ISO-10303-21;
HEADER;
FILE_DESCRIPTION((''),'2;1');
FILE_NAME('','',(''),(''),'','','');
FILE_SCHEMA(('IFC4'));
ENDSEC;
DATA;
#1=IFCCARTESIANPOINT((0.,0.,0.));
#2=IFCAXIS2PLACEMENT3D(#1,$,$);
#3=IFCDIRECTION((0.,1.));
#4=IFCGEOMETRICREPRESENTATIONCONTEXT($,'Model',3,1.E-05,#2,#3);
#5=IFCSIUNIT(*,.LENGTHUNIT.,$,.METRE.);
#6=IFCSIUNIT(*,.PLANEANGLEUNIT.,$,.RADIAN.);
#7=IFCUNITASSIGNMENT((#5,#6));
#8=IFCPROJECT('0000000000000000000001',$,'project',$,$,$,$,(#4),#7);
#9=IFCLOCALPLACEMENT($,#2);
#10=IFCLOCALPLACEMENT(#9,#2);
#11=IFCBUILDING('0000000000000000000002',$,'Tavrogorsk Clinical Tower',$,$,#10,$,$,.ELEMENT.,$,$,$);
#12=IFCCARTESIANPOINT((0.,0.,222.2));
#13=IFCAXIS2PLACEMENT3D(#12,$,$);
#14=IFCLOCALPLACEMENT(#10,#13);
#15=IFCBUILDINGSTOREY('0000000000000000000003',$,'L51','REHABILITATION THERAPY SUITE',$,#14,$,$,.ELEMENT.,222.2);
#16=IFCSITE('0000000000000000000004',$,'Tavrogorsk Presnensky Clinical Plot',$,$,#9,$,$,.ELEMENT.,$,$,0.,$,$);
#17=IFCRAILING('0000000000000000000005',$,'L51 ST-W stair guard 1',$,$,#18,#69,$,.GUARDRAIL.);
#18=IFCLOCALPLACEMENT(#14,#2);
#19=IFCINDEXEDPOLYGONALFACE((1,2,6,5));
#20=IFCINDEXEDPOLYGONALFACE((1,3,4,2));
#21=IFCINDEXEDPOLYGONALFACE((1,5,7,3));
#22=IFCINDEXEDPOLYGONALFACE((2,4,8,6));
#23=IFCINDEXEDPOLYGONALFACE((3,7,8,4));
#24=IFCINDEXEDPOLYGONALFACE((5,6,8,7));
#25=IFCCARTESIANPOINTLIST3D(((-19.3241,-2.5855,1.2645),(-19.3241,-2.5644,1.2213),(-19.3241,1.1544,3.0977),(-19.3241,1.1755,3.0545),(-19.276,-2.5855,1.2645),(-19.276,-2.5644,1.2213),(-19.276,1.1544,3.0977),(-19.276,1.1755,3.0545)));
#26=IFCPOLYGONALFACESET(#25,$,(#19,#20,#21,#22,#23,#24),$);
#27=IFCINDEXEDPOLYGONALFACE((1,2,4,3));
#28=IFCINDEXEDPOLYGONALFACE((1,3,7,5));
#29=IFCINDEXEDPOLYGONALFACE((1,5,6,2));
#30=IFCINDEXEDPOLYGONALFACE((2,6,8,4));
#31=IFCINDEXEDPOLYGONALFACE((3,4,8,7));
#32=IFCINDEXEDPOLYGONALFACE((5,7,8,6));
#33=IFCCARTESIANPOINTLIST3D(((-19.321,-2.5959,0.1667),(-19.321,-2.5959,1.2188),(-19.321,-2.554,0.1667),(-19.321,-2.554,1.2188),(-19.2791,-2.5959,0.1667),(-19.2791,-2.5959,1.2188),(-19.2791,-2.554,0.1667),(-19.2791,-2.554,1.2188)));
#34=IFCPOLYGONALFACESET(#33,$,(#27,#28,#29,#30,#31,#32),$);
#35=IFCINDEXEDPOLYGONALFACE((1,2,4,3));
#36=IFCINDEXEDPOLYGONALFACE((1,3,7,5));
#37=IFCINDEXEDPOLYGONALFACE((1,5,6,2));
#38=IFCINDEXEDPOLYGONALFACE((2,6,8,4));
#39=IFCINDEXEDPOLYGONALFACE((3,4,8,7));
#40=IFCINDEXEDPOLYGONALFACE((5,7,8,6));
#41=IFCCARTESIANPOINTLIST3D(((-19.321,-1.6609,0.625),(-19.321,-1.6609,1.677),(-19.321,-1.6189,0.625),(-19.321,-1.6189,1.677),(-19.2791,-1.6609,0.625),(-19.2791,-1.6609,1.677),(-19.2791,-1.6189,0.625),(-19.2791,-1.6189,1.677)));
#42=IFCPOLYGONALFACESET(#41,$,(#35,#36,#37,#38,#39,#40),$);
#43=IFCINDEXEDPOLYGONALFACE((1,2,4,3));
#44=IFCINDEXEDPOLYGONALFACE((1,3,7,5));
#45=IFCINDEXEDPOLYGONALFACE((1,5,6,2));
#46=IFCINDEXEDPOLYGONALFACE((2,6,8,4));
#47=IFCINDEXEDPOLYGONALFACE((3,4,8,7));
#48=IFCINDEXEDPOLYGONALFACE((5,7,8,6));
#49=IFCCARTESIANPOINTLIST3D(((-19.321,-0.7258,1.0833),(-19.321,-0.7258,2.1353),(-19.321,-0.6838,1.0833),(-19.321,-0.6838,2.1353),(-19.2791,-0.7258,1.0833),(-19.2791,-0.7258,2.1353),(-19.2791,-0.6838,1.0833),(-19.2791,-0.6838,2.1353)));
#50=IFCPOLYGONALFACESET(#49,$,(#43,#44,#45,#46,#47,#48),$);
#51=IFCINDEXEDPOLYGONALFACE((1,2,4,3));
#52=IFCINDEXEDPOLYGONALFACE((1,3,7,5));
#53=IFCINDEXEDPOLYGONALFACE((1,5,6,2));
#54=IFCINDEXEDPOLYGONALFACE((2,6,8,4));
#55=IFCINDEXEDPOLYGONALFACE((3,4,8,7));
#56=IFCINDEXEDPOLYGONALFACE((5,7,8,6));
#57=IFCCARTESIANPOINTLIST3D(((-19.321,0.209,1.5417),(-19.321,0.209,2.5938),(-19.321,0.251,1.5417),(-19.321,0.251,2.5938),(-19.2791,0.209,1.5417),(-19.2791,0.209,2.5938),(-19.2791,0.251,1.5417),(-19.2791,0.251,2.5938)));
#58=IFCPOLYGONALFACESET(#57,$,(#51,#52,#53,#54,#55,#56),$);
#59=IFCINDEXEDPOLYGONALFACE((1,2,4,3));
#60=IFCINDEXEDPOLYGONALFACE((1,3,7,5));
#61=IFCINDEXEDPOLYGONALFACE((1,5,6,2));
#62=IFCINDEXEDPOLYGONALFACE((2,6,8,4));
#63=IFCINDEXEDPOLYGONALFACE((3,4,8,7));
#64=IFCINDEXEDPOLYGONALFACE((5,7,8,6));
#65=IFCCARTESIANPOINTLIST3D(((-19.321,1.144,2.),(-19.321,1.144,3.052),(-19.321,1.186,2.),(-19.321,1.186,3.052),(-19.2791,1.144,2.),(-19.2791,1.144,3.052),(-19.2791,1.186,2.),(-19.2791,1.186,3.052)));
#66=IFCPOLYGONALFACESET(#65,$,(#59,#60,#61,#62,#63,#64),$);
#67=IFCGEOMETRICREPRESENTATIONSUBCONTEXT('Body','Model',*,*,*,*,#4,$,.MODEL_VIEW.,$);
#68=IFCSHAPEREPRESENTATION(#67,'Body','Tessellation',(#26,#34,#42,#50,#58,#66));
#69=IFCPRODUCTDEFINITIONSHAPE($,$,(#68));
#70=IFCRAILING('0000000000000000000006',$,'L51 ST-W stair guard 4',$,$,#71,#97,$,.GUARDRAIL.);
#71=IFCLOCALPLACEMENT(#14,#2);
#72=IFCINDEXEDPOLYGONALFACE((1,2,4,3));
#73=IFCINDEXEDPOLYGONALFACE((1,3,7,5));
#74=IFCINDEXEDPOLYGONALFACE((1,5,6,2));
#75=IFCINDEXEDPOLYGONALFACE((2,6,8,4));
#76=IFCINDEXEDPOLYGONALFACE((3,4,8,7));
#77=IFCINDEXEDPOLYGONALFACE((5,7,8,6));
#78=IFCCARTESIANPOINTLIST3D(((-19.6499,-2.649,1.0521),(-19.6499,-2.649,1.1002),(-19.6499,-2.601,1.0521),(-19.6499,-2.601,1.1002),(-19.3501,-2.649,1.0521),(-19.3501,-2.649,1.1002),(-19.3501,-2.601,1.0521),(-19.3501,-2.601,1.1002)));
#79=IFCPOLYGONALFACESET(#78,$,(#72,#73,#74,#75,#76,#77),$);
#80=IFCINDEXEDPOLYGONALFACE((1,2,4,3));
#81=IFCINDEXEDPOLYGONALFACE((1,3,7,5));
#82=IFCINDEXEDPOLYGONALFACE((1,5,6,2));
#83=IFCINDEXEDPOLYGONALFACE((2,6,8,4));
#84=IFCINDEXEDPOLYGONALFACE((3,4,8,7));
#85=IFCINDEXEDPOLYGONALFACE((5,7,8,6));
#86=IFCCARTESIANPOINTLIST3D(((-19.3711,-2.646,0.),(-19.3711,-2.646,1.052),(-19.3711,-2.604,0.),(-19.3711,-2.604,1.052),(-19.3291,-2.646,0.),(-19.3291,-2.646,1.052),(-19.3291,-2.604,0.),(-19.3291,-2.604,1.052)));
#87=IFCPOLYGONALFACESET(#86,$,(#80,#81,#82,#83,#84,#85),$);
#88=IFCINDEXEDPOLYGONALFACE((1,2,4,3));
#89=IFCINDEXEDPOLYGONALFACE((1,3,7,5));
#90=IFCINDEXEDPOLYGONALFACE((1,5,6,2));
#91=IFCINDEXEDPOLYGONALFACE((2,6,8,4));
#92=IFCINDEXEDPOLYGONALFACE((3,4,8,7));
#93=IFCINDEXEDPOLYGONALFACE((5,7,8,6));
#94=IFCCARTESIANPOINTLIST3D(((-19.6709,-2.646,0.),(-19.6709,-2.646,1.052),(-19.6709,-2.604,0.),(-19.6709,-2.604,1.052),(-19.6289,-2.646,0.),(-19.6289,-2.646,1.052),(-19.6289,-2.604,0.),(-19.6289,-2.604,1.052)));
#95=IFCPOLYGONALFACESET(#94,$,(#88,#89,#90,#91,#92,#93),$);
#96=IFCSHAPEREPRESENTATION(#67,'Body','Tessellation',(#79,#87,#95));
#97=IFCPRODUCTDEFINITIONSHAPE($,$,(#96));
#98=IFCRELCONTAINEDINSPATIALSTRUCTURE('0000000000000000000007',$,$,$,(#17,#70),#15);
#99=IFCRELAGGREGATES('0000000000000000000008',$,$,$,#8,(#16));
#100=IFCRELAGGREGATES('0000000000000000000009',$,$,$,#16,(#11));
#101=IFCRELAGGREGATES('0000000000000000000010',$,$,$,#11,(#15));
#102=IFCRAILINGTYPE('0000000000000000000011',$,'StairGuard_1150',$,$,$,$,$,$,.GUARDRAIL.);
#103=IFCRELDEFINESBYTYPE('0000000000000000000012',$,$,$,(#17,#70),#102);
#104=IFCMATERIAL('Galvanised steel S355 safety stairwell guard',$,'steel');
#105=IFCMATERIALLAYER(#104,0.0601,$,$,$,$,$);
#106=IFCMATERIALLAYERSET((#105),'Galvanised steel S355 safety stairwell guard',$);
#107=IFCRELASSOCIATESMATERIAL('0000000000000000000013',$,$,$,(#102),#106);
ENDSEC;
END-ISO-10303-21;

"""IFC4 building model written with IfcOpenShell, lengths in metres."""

from ifc_helpers import new_model, si_unit, direction, frame, origin, origin_2d, place, context, subcontext, project, spatial, rectangle, extrude, material, layer, layer_set, type_object, element, save


model = new_model("IFC4")

# Units and contexts
model_context = context("Model", 3, precision=1e-05, world=origin(), true_north=direction((0.0, 1.0)))
body_context = subcontext(model_context, "Body", "Model", "MODEL_VIEW")
ifc_project = project(units=[si_unit("LENGTHUNIT", "METRE"), si_unit("PLANEANGLEUNIT", "RADIAN")], contexts=[model_context])

# Site, building, storey
site_placement = place(None, origin())
site = spatial("IfcSite", under=ifc_project, at=site_placement, Name="Tavrogorsk Presnensky Clinical Plot", CompositionType="ELEMENT", RefElevation=0.0)
building_placement = place(site_placement, origin())
building = spatial("IfcBuilding", under=site, at=building_placement, Name="Tavrogorsk Clinical Tower", CompositionType="ELEMENT")
storey_placement = place(building_placement, frame((0.0, 0.0, 222.2)))
storey = spatial("IfcBuildingStorey", under=building, at=storey_placement, Name="L51", Description="REHABILITATION THERAPY SUITE", CompositionType="ELEMENT", Elevation=222.2)

# Railings
ifc_material_1 = material(Name="Galvanised steel S355 safety stairwell guard", Category="steel")
ifc_layer_1 = layer(ifc_material_1, 0.0601)
ifc_layer_set_1 = layer_set([ifc_layer_1], Name="Galvanised steel S355 safety stairwell guard")
railing_type = type_object("IfcRailingType", Name="StairGuard_1150", PredefinedType="GUARDRAIL", material=ifc_layer_set_1)
railing_1_placement = place(storey_placement, frame((-19.3, -2.575, 0.1667)))
element("IfcRailing", 1, at=railing_1_placement, inside=storey, type_object=railing_type, Name="L51 ST-W stair guard 1", PredefinedType="GUARDRAIL", context=body_context, shape_type="SweptSolid", body=[
    extrude(rectangle(XDim=0.0481, YDim=0.0481, at=origin_2d()), frame((0.0, 0.0, 1.0762), z_axis=(0.0, 0.897928, 0.440142), x_axis=(-1.0, 0.0, 0.0)), (0.0, 0.0, 1.0), 4.165),
    extrude(rectangle(XDim=0.042, YDim=0.042, at=origin_2d()), origin(), (0.0, 0.0, 1.0), 1.052),
    extrude(rectangle(XDim=0.042, YDim=0.042, at=origin_2d()), frame((0.0, 0.9351, 0.4583)), (0.0, 0.0, 1.0), 1.052),
    extrude(rectangle(XDim=0.042, YDim=0.042, at=origin_2d()), frame((0.0, 1.8701, 0.9165)), (0.0, 0.0, 1.0), 1.052),
    extrude(rectangle(XDim=0.042, YDim=0.042, at=origin_2d()), frame((0.0, 2.8049, 1.375)), (0.0, 0.0, 1.0), 1.052),
    extrude(rectangle(XDim=0.042, YDim=0.042, at=origin_2d()), frame((0.0, 3.74, 1.8333)), (0.0, 0.0, 1.0), 1.052),
])
railing_2_placement = place(storey_placement, frame((-19.3501, -2.625, 0.0)))
element("IfcRailing", 2, at=railing_2_placement, inside=storey, type_object=railing_type, Name="L51 ST-W stair guard 4", PredefinedType="GUARDRAIL", context=body_context, shape_type="SweptSolid", body=[
    extrude(rectangle(XDim=0.0481, YDim=0.0481, at=origin_2d()), frame((0.0, 0.0, 1.0762), z_axis=(-1.0, 0.0, 0.0), x_axis=(0.0, -1.0, 0.0)), (0.0, 0.0, 1.0), 0.2998),
    extrude(rectangle(XDim=0.042, YDim=0.042, at=origin_2d()), origin(), (0.0, 0.0, 1.0), 1.052),
    extrude(rectangle(XDim=0.042, YDim=0.042, at=origin_2d()), frame((-0.2998, 0.0, 0.0)), (0.0, 0.0, 1.0), 1.052),
])

save(model, "model.ifc")
